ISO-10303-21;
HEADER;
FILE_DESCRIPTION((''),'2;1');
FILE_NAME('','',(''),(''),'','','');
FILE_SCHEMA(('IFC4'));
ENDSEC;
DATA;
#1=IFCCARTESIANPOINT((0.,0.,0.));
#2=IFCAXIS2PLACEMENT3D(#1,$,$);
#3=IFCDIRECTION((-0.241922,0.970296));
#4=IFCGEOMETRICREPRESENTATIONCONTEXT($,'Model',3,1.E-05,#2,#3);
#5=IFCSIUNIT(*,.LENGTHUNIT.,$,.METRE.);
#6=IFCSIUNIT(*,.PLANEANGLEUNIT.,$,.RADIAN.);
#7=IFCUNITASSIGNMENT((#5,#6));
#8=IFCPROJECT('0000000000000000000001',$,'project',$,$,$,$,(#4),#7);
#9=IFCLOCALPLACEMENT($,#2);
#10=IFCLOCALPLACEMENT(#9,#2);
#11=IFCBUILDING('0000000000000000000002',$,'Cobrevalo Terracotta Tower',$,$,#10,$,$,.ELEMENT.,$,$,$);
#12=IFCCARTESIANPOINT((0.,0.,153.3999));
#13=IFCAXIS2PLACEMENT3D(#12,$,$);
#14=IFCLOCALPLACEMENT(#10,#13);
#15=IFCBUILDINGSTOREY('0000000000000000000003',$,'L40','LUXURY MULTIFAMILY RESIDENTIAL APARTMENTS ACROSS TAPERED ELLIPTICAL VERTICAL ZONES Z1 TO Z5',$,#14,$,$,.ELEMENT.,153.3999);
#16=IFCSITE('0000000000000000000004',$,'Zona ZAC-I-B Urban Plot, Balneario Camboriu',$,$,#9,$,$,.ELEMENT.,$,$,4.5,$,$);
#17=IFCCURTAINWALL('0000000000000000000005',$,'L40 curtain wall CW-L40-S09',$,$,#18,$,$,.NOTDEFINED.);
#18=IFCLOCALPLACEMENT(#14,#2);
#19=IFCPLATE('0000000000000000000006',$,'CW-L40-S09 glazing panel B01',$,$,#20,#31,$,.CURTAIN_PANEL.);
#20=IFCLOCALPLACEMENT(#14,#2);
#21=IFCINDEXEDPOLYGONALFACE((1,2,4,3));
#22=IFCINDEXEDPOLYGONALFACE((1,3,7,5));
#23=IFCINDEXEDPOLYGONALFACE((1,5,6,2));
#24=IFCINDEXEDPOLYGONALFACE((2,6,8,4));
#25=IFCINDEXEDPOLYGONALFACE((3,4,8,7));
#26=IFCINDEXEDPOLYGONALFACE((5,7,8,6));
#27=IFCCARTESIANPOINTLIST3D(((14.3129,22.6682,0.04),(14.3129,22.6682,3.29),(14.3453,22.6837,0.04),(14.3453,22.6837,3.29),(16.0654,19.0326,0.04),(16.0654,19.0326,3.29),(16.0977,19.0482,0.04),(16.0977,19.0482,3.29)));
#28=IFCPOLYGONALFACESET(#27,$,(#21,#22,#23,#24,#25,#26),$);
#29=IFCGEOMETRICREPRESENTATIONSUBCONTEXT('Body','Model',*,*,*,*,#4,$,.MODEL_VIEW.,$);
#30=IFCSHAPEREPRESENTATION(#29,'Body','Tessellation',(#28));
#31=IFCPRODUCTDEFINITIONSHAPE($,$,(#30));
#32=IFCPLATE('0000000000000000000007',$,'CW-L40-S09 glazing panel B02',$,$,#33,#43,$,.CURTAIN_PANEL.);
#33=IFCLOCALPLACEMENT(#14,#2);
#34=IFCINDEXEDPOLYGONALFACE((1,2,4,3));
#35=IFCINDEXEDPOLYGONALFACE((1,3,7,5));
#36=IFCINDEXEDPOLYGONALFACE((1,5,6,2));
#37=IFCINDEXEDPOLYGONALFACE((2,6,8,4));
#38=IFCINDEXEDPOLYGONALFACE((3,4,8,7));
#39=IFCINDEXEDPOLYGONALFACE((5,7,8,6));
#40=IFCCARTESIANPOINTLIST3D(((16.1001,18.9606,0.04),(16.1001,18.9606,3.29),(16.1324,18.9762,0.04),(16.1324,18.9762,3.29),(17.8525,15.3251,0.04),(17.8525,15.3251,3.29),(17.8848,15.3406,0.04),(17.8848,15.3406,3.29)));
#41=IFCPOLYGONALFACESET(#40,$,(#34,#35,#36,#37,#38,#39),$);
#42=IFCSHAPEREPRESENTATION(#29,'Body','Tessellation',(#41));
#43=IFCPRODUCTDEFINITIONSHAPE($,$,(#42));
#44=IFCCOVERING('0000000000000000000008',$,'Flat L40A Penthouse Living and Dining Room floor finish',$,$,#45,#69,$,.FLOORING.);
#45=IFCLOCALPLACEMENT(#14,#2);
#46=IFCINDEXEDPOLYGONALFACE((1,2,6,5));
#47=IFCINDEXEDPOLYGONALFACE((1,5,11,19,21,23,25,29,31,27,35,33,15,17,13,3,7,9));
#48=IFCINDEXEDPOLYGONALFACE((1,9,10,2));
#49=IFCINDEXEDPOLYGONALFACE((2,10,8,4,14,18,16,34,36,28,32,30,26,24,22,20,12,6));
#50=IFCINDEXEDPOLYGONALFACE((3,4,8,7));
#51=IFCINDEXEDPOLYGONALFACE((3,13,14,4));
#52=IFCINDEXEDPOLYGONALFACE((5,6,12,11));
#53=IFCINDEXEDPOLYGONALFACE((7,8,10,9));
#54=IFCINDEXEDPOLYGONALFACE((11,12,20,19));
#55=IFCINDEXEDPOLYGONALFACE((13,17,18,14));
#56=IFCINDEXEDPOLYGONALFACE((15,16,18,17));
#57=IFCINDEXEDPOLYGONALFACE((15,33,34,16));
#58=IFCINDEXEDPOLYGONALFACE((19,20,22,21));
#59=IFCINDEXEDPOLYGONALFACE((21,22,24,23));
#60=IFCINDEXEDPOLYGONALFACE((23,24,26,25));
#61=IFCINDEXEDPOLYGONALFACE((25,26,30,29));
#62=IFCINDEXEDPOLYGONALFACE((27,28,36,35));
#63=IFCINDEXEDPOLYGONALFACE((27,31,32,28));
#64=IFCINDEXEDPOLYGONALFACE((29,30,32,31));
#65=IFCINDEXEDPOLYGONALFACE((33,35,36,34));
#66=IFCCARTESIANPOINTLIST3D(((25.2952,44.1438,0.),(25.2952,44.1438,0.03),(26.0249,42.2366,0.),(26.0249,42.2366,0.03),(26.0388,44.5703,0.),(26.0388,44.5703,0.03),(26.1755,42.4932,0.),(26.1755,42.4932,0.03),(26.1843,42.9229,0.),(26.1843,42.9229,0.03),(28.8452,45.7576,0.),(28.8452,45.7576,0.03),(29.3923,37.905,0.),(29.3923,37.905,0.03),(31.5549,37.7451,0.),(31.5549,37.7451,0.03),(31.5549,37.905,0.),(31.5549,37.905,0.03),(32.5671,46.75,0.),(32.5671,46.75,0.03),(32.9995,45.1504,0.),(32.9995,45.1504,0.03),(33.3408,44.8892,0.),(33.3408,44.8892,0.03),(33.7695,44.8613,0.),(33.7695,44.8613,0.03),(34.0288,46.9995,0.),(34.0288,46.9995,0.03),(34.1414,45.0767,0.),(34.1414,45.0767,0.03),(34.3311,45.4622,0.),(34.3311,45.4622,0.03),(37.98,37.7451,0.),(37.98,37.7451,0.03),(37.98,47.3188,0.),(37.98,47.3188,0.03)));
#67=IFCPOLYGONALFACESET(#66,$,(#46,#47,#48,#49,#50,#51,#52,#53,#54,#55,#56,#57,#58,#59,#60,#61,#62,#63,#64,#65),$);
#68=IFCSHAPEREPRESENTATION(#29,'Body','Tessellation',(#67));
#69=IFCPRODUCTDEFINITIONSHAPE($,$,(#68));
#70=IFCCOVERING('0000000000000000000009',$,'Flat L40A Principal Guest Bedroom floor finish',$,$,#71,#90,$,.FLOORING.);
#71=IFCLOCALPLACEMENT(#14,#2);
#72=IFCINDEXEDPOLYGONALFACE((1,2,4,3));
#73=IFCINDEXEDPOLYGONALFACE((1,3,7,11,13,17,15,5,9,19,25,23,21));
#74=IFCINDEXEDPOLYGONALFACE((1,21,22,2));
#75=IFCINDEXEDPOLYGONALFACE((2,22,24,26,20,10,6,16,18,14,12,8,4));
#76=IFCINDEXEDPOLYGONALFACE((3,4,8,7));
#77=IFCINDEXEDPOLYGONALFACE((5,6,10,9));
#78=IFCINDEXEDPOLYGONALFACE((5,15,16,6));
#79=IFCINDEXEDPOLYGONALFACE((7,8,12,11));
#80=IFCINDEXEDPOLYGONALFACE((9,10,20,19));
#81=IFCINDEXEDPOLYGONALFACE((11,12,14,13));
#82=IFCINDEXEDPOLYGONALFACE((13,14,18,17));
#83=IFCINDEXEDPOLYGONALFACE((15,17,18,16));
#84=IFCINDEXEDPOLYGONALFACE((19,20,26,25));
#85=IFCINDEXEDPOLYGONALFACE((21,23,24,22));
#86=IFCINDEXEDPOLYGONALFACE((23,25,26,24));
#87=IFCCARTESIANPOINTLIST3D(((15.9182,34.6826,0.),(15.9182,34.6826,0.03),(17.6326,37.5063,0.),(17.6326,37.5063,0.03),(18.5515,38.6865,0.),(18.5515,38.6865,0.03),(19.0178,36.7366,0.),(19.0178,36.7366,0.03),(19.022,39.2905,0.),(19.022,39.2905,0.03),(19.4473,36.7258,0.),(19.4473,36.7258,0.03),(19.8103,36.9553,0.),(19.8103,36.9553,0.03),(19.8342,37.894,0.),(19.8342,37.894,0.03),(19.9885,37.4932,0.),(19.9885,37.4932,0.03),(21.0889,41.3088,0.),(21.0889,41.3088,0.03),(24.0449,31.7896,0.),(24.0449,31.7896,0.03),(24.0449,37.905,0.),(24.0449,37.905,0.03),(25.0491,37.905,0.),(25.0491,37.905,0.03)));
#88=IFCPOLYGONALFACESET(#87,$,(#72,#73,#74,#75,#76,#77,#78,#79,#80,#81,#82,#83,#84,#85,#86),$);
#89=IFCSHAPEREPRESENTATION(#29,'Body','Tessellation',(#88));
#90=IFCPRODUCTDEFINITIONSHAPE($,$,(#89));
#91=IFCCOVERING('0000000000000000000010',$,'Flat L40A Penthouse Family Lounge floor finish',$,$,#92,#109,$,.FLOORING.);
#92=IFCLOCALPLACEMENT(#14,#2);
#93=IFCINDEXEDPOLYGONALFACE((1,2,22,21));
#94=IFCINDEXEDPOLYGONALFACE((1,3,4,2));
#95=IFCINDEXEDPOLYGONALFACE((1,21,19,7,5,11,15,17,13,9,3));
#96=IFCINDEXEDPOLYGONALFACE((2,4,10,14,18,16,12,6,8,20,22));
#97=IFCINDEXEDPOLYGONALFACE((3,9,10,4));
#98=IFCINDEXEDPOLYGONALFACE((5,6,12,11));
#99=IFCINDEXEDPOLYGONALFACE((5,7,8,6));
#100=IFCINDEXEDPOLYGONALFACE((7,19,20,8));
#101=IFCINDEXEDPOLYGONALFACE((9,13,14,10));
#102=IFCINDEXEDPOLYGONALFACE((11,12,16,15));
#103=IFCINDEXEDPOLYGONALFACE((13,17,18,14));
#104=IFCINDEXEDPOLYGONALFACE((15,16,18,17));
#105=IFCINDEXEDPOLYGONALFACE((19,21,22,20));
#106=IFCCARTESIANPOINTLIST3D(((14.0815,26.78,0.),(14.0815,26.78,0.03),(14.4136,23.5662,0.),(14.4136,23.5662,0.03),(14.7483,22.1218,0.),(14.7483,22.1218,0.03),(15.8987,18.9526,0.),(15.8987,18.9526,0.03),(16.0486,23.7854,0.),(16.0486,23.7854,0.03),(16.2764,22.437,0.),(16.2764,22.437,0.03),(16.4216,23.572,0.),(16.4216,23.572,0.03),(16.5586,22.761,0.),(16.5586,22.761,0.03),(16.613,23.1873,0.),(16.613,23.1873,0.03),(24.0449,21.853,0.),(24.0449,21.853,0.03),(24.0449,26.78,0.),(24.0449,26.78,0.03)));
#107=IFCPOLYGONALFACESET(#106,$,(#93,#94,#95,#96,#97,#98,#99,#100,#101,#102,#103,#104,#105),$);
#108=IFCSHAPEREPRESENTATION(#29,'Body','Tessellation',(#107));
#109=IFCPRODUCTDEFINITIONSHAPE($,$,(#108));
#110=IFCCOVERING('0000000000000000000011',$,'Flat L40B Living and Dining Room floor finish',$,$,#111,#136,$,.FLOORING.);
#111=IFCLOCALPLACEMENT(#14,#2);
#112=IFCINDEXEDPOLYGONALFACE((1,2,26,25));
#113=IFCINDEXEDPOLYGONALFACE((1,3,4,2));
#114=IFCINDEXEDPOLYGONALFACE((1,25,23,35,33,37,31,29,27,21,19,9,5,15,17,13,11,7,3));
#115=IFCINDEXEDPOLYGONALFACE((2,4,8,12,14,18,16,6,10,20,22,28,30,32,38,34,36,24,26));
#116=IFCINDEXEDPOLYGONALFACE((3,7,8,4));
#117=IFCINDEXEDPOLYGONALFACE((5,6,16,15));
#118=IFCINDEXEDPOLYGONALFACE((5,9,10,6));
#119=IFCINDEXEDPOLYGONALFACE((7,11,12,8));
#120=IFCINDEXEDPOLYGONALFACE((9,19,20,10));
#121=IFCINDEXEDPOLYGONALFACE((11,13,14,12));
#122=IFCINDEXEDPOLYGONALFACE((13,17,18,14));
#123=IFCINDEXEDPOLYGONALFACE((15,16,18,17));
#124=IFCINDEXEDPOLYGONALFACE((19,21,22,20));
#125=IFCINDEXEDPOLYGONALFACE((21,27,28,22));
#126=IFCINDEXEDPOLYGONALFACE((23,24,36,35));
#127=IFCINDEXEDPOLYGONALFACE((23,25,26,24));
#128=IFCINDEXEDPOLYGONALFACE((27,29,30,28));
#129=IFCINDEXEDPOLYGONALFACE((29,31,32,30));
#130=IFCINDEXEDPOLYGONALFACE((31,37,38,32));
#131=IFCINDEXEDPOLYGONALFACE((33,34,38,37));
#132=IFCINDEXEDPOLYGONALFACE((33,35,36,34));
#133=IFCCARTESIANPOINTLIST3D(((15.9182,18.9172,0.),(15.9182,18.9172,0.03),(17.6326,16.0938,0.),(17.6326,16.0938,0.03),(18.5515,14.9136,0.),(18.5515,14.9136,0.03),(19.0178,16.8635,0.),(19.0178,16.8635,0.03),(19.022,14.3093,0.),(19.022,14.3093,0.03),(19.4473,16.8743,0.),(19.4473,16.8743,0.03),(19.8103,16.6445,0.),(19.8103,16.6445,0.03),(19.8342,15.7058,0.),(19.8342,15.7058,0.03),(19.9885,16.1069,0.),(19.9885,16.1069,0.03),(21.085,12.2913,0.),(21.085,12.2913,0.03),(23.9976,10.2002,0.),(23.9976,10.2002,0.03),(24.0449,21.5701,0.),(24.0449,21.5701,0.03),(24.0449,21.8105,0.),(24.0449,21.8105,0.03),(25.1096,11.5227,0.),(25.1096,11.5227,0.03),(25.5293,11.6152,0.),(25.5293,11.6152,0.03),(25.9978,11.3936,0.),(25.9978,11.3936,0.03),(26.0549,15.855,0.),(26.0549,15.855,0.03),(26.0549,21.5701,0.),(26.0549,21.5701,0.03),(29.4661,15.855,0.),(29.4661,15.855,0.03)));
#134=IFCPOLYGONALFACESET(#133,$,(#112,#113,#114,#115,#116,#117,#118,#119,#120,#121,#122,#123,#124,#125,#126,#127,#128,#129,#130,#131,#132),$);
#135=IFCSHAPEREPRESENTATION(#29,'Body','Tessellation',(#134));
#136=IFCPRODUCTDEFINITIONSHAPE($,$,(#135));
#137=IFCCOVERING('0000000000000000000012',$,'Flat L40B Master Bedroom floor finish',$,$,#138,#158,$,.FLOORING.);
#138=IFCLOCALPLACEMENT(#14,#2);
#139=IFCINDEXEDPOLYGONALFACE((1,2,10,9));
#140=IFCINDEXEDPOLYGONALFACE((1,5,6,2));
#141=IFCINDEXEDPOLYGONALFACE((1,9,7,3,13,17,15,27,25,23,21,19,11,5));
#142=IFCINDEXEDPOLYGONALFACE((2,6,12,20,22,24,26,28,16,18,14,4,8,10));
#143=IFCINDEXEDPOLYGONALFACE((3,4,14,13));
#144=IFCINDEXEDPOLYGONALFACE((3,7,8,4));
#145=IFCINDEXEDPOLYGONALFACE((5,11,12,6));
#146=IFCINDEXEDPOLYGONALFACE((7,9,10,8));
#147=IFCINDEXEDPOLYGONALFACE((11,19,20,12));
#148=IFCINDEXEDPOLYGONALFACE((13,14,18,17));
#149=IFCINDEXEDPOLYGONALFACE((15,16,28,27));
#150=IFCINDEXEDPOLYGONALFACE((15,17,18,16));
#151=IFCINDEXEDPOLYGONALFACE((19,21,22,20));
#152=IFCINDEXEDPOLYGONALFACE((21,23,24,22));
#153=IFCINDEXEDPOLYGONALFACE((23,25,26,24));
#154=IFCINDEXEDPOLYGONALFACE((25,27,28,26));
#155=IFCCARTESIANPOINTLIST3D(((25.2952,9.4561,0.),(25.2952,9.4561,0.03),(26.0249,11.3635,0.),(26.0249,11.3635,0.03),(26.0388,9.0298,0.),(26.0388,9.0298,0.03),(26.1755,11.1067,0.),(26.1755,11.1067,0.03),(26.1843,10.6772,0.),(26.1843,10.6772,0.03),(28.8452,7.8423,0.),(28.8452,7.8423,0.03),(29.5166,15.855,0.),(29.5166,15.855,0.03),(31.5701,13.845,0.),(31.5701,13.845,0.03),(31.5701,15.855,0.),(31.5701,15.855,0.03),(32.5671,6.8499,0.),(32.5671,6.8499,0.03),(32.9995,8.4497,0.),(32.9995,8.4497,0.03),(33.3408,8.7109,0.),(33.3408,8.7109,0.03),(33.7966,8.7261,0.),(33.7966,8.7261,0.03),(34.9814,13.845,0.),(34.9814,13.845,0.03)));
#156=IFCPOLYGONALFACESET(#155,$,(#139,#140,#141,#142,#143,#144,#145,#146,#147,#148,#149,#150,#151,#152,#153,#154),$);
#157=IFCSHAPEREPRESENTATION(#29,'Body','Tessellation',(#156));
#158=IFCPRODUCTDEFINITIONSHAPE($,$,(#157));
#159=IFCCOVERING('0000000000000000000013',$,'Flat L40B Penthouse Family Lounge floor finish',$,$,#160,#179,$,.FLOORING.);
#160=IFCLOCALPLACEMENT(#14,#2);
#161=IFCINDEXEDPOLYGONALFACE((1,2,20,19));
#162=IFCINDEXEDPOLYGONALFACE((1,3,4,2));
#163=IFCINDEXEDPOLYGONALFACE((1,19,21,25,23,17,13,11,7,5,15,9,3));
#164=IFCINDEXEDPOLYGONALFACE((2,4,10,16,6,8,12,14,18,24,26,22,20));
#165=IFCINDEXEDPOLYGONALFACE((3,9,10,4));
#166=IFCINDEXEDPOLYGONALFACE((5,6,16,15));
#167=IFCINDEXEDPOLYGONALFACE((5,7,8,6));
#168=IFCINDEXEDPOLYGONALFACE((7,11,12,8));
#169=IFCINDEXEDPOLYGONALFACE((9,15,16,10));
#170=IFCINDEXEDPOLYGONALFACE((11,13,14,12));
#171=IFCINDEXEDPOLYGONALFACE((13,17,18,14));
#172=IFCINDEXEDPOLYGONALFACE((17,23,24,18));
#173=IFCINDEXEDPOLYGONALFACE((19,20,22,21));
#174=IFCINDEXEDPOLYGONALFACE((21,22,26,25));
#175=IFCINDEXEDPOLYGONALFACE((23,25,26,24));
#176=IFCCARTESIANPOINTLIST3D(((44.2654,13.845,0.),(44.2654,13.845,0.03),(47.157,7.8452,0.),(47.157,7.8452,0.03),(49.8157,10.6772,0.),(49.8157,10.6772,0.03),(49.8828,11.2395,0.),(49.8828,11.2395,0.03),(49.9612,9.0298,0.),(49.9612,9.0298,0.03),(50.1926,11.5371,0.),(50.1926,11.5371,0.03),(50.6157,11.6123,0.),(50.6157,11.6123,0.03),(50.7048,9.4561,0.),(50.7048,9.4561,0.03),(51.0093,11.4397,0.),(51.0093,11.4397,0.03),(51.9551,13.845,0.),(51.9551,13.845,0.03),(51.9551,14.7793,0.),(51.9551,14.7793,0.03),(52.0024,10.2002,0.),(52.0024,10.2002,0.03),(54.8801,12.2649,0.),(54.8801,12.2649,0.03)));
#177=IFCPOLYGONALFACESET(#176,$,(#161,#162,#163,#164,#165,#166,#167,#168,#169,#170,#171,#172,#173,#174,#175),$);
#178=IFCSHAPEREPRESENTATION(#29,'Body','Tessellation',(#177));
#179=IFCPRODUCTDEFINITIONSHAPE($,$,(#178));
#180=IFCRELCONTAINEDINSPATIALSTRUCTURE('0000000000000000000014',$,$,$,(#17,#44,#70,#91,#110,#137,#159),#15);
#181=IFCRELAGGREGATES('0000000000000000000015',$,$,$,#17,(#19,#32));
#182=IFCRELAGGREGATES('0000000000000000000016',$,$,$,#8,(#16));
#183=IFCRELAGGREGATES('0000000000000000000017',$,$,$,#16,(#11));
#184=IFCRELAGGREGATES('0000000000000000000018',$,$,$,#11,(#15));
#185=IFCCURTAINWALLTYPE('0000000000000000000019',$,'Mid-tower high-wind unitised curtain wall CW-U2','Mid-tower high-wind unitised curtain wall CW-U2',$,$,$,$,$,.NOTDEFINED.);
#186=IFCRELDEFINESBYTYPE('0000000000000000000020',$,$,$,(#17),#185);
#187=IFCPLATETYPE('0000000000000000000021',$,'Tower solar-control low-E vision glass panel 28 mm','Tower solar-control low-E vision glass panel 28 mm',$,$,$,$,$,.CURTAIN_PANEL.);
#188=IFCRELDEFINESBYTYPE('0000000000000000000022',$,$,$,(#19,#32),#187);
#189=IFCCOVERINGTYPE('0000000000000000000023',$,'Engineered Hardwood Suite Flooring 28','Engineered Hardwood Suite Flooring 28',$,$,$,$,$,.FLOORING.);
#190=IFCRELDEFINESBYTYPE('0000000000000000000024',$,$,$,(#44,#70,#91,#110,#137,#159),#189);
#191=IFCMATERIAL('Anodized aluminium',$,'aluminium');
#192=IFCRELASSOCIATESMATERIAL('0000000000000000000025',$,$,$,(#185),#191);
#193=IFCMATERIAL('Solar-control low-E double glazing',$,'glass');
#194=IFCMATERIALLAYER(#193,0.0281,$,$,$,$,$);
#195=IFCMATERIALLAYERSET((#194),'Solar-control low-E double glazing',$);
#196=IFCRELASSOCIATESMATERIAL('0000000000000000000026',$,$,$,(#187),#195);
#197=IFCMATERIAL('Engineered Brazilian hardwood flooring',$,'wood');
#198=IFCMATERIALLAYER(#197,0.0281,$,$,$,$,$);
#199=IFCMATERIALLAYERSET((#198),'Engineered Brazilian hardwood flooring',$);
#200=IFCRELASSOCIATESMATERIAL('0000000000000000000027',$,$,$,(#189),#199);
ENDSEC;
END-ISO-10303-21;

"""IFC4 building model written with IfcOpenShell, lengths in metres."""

from ifc_helpers import new_model, si_unit, direction, frame, origin, origin_2d, place, context, subcontext, project, spatial, polyline, rectangle, outline, extrude, source, transform, mapped, material, layer, layer_set, type_object, element, aggregate, save


model = new_model("IFC4")

# Units and contexts
model_context = context("Model", 3, precision=1e-05, world=origin(), true_north=direction((-0.241922, 0.970296)))
body_context = subcontext(model_context, "Body", "Model", "MODEL_VIEW")
ifc_project = project(units=[si_unit("LENGTHUNIT", "METRE"), si_unit("PLANEANGLEUNIT", "RADIAN")], contexts=[model_context])

# Site, building, storey
site_placement = place(None, origin())
site = spatial("IfcSite", under=ifc_project, at=site_placement, Name="Zona ZAC-I-B Urban Plot, Balneario Camboriu", CompositionType="ELEMENT", RefElevation=4.5)
building_placement = place(site_placement, origin())
building = spatial("IfcBuilding", under=site, at=building_placement, Name="Cobrevalo Terracotta Tower", CompositionType="ELEMENT")
storey_placement = place(building_placement, frame((0.0, 0.0, 153.3999)))
storey = spatial("IfcBuildingStorey", under=building, at=storey_placement, Name="L40", Description="LUXURY MULTIFAMILY RESIDENTIAL APARTMENTS ACROSS TAPERED ELLIPTICAL VERTICAL ZONES Z1 TO Z5", CompositionType="ELEMENT", Elevation=153.3999)

# Curtain wall
ifc_material_1 = material(Name="Anodized aluminium", Category="aluminium")
curtain_wall_type = type_object("IfcCurtainWallType", Name="Mid-tower high-wind unitised curtain wall CW-U2", Description="Mid-tower high-wind unitised curtain wall CW-U2", PredefinedType="NOTDEFINED", material=ifc_material_1)
curtain_wall_1_placement = place(storey_placement, origin())
curtain_wall_1 = element("IfcCurtainWall", 1, at=curtain_wall_1_placement, inside=storey, type_object=curtain_wall_type, Name="L40 curtain wall CW-L40-S09", PredefinedType="NOTDEFINED")

# Plates
ifc_material_2 = material(Name="Solar-control low-E double glazing", Category="glass")
ifc_layer_1 = layer(ifc_material_2, 0.0281)
ifc_layer_set_1 = layer_set([ifc_layer_1], Name="Solar-control low-E double glazing")
plate_type = type_object("IfcPlateType", Name="Tower solar-control low-E vision glass panel 28 mm", Description="Tower solar-control low-E vision glass panel 28 mm", PredefinedType="CURTAIN_PANEL", material=ifc_layer_set_1)
shared_shape_1 = source(origin(), body_context, "Body", "SweptSolid", [
    extrude(rectangle(XDim=4.0359, YDim=0.0359, at=origin_2d()), origin(), (0.0, 0.0, 1.0), 3.25),
])
plate_1_placement = place(storey_placement, frame((15.2053, 20.8582, 0.04), z_axis=(0.0, 0.0, 1.0), x_axis=(0.434209, -0.900812, 0.0)))
plate_1 = element("IfcPlate", 2, at=plate_1_placement, type_object=plate_type, Name="CW-L40-S09 glazing panel B01", PredefinedType="CURTAIN_PANEL", context=body_context, shape_type="MappedRepresentation", body=[
    mapped(shared_shape_1, transform((0.0, 0.0, 0.0), scale=1.0)),
])
plate_2_placement = place(storey_placement, frame((16.9924, 17.1506, 0.04), z_axis=(0.0, 0.0, 1.0), x_axis=(0.434209, -0.900812, 0.0)))
plate_2 = element("IfcPlate", 3, at=plate_2_placement, type_object=plate_type, Name="CW-L40-S09 glazing panel B02", PredefinedType="CURTAIN_PANEL", context=body_context, shape_type="MappedRepresentation", body=[
    mapped(shared_shape_1, transform((0.0, 0.0, 0.0), scale=1.0)),
])
aggregate(curtain_wall_1, [plate_1, plate_2])

# Coverings
ifc_material_3 = material(Name="Engineered Brazilian hardwood flooring", Category="wood")
ifc_layer_2 = layer(ifc_material_3, 0.0281)
ifc_layer_set_2 = layer_set([ifc_layer_2], Name="Engineered Brazilian hardwood flooring")
covering_type_1 = type_object("IfcCoveringType", Name="Engineered Hardwood Suite Flooring 28", Description="Engineered Hardwood Suite Flooring 28", PredefinedType="FLOORING", material=ifc_layer_set_2)
covering_1_placement = place(storey_placement, origin())
element("IfcCovering", 4, at=covering_1_placement, inside=storey, type_object=covering_type_1, Name="Flat L40A Penthouse Living and Dining Room floor finish", PredefinedType="FLOORING", context=body_context, shape_type="SweptSolid", body=[
    extrude(outline(polyline([(28.8452, 45.7576), (32.5671, 46.75), (32.9995, 45.1504), (33.3408, 44.8892), (33.7695, 44.8613), (34.1414, 45.0767), (34.3311, 45.4622), (34.0288, 46.9995), (37.98, 47.3188), (37.98, 37.7451), (31.5549, 37.7451), (31.5549, 37.905), (29.3923, 37.905), (26.0249, 42.2366), (26.1755, 42.4932), (26.1843, 42.9229), (25.2952, 44.1438), (26.0388, 44.5703), (28.8452, 45.7576)])), origin(), (0.0, 0.0, 1.0), 0.03),
])
covering_2_placement = place(storey_placement, origin())
element("IfcCovering", 5, at=covering_2_placement, inside=storey, type_object=covering_type_1, Name="Flat L40A Principal Guest Bedroom floor finish", PredefinedType="FLOORING", context=body_context, shape_type="SweptSolid", body=[
    extrude(outline(polyline([(17.6326, 37.5063), (19.0178, 36.7366), (19.4473, 36.7258), (19.8103, 36.9553), (19.9885, 37.4932), (19.8342, 37.894), (18.5515, 38.6865), (19.022, 39.2905), (21.0889, 41.3088), (25.0491, 37.905), (24.0449, 37.905), (24.0449, 31.7896), (15.9182, 34.6826), (17.6326, 37.5063)])), origin(), (0.0, 0.0, 1.0), 0.03),
])
covering_3_placement = place(storey_placement, origin())
element("IfcCovering", 6, at=covering_3_placement, inside=storey, type_object=covering_type_1, Name="Flat L40A Penthouse Family Lounge floor finish", PredefinedType="FLOORING", context=body_context, shape_type="SweptSolid", body=[
    extrude(outline(polyline([(14.0815, 26.78), (24.0449, 26.78), (24.0449, 21.853), (15.8987, 18.9526), (14.7483, 22.1218), (16.2764, 22.437), (16.5586, 22.761), (16.613, 23.1873), (16.4216, 23.572), (16.0486, 23.7854), (14.4136, 23.5662), (14.0815, 26.78)])), origin(), (0.0, 0.0, 1.0), 0.03),
])
covering_4_placement = place(storey_placement, origin())
element("IfcCovering", 7, at=covering_4_placement, inside=storey, type_object=covering_type_1, Name="Flat L40B Living and Dining Room floor finish", PredefinedType="FLOORING", context=body_context, shape_type="SweptSolid", body=[
    extrude(outline(polyline([(21.085, 12.2913), (19.022, 14.3093), (18.5515, 14.9136), (19.8342, 15.7058), (19.9885, 16.1069), (19.8103, 16.6445), (19.4473, 16.8743), (19.0178, 16.8635), (17.6326, 16.0938), (15.9182, 18.9172), (24.0449, 21.8105), (24.0449, 21.5701), (26.0549, 21.5701), (26.0549, 15.855), (29.4661, 15.855), (25.9978, 11.3936), (25.5293, 11.6152), (25.1096, 11.5227), (23.9976, 10.2002), (21.085, 12.2913)])), origin(), (0.0, 0.0, 1.0), 0.03),
])
covering_5_placement = place(storey_placement, origin())
element("IfcCovering", 8, at=covering_5_placement, inside=storey, type_object=covering_type_1, Name="Flat L40B Master Bedroom floor finish", PredefinedType="FLOORING", context=body_context, shape_type="SweptSolid", body=[
    extrude(outline(polyline([(28.8452, 7.8423), (26.0388, 9.0298), (25.2952, 9.4561), (26.1843, 10.6772), (26.1755, 11.1067), (26.0249, 11.3635), (29.5166, 15.855), (31.5701, 15.855), (31.5701, 13.845), (34.9814, 13.845), (33.7966, 8.7261), (33.3408, 8.7109), (32.9995, 8.4497), (32.5671, 6.8499), (28.8452, 7.8423)])), origin(), (0.0, 0.0, 1.0), 0.03),
])
covering_6_placement = place(storey_placement, origin())
element("IfcCovering", 9, at=covering_6_placement, inside=storey, type_object=covering_type_1, Name="Flat L40B Penthouse Family Lounge floor finish", PredefinedType="FLOORING", context=body_context, shape_type="SweptSolid", body=[
    extrude(outline(polyline([(47.157, 7.8452), (44.2654, 13.845), (51.9551, 13.845), (51.9551, 14.7793), (54.8801, 12.2649), (52.0024, 10.2002), (51.0093, 11.4397), (50.6157, 11.6123), (50.1926, 11.5371), (49.8828, 11.2395), (49.8157, 10.6772), (50.7048, 9.4561), (49.9612, 9.0298), (47.157, 7.8452)])), origin(), (0.0, 0.0, 1.0), 0.03),
])

save(model, "model.ifc")
